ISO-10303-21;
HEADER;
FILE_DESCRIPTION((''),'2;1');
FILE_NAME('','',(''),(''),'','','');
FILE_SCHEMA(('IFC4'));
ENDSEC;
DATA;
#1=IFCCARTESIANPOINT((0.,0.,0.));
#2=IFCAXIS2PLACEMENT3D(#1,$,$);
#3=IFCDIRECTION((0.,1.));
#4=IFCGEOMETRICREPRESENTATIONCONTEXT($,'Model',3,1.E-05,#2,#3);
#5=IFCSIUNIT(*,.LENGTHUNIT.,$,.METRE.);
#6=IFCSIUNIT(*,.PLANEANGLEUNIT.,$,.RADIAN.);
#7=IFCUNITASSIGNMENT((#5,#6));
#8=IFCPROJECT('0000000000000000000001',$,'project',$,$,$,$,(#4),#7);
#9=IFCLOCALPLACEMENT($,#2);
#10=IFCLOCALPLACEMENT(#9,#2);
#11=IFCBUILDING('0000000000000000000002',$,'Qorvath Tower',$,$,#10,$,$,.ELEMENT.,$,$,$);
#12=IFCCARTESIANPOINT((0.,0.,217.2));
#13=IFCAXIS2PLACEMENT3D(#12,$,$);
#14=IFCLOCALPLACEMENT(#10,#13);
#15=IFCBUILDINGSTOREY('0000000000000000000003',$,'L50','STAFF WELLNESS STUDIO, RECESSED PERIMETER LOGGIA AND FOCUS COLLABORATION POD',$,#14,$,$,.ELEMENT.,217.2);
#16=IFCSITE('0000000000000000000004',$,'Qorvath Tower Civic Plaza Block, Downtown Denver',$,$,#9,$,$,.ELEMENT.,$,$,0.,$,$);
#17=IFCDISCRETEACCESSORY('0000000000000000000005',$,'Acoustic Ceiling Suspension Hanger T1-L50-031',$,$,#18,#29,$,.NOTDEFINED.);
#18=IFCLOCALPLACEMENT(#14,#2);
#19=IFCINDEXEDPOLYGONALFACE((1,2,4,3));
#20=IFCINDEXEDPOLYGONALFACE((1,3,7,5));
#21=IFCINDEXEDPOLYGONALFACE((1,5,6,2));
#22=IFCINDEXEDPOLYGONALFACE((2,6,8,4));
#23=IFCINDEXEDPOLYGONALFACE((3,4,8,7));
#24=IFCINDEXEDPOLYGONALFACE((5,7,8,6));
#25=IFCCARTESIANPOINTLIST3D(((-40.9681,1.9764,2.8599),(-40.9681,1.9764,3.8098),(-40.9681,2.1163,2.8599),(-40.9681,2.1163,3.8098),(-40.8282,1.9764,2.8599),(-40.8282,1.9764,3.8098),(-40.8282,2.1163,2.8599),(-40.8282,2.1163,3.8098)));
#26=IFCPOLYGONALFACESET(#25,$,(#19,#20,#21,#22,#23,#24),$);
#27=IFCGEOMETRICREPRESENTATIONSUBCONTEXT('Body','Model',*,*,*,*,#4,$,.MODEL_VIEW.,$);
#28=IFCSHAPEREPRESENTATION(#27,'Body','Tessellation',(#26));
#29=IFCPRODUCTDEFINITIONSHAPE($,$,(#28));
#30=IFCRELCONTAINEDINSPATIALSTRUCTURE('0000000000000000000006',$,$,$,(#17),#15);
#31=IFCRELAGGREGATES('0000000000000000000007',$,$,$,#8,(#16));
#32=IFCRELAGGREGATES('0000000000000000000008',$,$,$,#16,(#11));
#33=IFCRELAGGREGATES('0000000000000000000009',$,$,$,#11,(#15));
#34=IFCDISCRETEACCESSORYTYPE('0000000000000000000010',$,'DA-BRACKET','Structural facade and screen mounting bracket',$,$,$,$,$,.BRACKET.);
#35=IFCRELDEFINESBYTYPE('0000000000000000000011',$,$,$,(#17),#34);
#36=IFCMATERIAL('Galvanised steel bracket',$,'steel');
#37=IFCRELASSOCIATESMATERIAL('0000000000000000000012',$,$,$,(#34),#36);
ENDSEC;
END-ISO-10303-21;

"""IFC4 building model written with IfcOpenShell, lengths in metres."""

from ifc_helpers import new_model, si_unit, direction, frame, origin, origin_2d, place, context, subcontext, project, spatial, rectangle, extrude, material, type_object, element, save


model = new_model("IFC4")

# Units and contexts
model_context = context("Model", 3, precision=1e-05, world=origin(), true_north=direction((0.0, 1.0)))
body_context = subcontext(model_context, "Body", "Model", "MODEL_VIEW")
ifc_project = project(units=[si_unit("LENGTHUNIT", "METRE"), si_unit("PLANEANGLEUNIT", "RADIAN")], contexts=[model_context])

# Site, building, storey
site_placement = place(None, origin())
site = spatial("IfcSite", under=ifc_project, at=site_placement, Name="Qorvath Tower Civic Plaza Block, Downtown Denver", CompositionType="ELEMENT", RefElevation=0.0)
building_placement = place(site_placement, origin())
building = spatial("IfcBuilding", under=site, at=building_placement, Name="Qorvath Tower", CompositionType="ELEMENT")
storey_placement = place(building_placement, frame((0.0, 0.0, 217.2)))
storey = spatial("IfcBuildingStorey", under=building, at=storey_placement, Name="L50", Description="STAFF WELLNESS STUDIO, RECESSED PERIMETER LOGGIA AND FOCUS COLLABORATION POD", CompositionType="ELEMENT", Elevation=217.2)

# Discrete accessory
ifc_material_1 = material(Name="Galvanised steel bracket", Category="steel")
discrete_accessory_type = type_object("IfcDiscreteAccessoryType", Name="DA-BRACKET", Description="Structural facade and screen mounting bracket", PredefinedType="BRACKET", material=ifc_material_1)
for number, where, z_axis, x_axis, name in (
    (1, (-40.8982, 2.0464, 2.8599), (0.0, 0.0, 1.0), (1.0, 0.0, 0.0), "Acoustic Ceiling Suspension Hanger T1-L50-031"),
):
    element("IfcDiscreteAccessory", number, at=place(storey_placement, frame(where, z_axis=z_axis, x_axis=x_axis)), inside=storey, type_object=discrete_accessory_type, Name=name, PredefinedType="NOTDEFINED", context=body_context, shape_type="SweptSolid", body=[
        extrude(rectangle(XDim=0.1399, YDim=0.1399, at=origin_2d()), origin(), (0.0, 0.0, 1.0), 0.95),
    ])

save(model, "model.ifc")
